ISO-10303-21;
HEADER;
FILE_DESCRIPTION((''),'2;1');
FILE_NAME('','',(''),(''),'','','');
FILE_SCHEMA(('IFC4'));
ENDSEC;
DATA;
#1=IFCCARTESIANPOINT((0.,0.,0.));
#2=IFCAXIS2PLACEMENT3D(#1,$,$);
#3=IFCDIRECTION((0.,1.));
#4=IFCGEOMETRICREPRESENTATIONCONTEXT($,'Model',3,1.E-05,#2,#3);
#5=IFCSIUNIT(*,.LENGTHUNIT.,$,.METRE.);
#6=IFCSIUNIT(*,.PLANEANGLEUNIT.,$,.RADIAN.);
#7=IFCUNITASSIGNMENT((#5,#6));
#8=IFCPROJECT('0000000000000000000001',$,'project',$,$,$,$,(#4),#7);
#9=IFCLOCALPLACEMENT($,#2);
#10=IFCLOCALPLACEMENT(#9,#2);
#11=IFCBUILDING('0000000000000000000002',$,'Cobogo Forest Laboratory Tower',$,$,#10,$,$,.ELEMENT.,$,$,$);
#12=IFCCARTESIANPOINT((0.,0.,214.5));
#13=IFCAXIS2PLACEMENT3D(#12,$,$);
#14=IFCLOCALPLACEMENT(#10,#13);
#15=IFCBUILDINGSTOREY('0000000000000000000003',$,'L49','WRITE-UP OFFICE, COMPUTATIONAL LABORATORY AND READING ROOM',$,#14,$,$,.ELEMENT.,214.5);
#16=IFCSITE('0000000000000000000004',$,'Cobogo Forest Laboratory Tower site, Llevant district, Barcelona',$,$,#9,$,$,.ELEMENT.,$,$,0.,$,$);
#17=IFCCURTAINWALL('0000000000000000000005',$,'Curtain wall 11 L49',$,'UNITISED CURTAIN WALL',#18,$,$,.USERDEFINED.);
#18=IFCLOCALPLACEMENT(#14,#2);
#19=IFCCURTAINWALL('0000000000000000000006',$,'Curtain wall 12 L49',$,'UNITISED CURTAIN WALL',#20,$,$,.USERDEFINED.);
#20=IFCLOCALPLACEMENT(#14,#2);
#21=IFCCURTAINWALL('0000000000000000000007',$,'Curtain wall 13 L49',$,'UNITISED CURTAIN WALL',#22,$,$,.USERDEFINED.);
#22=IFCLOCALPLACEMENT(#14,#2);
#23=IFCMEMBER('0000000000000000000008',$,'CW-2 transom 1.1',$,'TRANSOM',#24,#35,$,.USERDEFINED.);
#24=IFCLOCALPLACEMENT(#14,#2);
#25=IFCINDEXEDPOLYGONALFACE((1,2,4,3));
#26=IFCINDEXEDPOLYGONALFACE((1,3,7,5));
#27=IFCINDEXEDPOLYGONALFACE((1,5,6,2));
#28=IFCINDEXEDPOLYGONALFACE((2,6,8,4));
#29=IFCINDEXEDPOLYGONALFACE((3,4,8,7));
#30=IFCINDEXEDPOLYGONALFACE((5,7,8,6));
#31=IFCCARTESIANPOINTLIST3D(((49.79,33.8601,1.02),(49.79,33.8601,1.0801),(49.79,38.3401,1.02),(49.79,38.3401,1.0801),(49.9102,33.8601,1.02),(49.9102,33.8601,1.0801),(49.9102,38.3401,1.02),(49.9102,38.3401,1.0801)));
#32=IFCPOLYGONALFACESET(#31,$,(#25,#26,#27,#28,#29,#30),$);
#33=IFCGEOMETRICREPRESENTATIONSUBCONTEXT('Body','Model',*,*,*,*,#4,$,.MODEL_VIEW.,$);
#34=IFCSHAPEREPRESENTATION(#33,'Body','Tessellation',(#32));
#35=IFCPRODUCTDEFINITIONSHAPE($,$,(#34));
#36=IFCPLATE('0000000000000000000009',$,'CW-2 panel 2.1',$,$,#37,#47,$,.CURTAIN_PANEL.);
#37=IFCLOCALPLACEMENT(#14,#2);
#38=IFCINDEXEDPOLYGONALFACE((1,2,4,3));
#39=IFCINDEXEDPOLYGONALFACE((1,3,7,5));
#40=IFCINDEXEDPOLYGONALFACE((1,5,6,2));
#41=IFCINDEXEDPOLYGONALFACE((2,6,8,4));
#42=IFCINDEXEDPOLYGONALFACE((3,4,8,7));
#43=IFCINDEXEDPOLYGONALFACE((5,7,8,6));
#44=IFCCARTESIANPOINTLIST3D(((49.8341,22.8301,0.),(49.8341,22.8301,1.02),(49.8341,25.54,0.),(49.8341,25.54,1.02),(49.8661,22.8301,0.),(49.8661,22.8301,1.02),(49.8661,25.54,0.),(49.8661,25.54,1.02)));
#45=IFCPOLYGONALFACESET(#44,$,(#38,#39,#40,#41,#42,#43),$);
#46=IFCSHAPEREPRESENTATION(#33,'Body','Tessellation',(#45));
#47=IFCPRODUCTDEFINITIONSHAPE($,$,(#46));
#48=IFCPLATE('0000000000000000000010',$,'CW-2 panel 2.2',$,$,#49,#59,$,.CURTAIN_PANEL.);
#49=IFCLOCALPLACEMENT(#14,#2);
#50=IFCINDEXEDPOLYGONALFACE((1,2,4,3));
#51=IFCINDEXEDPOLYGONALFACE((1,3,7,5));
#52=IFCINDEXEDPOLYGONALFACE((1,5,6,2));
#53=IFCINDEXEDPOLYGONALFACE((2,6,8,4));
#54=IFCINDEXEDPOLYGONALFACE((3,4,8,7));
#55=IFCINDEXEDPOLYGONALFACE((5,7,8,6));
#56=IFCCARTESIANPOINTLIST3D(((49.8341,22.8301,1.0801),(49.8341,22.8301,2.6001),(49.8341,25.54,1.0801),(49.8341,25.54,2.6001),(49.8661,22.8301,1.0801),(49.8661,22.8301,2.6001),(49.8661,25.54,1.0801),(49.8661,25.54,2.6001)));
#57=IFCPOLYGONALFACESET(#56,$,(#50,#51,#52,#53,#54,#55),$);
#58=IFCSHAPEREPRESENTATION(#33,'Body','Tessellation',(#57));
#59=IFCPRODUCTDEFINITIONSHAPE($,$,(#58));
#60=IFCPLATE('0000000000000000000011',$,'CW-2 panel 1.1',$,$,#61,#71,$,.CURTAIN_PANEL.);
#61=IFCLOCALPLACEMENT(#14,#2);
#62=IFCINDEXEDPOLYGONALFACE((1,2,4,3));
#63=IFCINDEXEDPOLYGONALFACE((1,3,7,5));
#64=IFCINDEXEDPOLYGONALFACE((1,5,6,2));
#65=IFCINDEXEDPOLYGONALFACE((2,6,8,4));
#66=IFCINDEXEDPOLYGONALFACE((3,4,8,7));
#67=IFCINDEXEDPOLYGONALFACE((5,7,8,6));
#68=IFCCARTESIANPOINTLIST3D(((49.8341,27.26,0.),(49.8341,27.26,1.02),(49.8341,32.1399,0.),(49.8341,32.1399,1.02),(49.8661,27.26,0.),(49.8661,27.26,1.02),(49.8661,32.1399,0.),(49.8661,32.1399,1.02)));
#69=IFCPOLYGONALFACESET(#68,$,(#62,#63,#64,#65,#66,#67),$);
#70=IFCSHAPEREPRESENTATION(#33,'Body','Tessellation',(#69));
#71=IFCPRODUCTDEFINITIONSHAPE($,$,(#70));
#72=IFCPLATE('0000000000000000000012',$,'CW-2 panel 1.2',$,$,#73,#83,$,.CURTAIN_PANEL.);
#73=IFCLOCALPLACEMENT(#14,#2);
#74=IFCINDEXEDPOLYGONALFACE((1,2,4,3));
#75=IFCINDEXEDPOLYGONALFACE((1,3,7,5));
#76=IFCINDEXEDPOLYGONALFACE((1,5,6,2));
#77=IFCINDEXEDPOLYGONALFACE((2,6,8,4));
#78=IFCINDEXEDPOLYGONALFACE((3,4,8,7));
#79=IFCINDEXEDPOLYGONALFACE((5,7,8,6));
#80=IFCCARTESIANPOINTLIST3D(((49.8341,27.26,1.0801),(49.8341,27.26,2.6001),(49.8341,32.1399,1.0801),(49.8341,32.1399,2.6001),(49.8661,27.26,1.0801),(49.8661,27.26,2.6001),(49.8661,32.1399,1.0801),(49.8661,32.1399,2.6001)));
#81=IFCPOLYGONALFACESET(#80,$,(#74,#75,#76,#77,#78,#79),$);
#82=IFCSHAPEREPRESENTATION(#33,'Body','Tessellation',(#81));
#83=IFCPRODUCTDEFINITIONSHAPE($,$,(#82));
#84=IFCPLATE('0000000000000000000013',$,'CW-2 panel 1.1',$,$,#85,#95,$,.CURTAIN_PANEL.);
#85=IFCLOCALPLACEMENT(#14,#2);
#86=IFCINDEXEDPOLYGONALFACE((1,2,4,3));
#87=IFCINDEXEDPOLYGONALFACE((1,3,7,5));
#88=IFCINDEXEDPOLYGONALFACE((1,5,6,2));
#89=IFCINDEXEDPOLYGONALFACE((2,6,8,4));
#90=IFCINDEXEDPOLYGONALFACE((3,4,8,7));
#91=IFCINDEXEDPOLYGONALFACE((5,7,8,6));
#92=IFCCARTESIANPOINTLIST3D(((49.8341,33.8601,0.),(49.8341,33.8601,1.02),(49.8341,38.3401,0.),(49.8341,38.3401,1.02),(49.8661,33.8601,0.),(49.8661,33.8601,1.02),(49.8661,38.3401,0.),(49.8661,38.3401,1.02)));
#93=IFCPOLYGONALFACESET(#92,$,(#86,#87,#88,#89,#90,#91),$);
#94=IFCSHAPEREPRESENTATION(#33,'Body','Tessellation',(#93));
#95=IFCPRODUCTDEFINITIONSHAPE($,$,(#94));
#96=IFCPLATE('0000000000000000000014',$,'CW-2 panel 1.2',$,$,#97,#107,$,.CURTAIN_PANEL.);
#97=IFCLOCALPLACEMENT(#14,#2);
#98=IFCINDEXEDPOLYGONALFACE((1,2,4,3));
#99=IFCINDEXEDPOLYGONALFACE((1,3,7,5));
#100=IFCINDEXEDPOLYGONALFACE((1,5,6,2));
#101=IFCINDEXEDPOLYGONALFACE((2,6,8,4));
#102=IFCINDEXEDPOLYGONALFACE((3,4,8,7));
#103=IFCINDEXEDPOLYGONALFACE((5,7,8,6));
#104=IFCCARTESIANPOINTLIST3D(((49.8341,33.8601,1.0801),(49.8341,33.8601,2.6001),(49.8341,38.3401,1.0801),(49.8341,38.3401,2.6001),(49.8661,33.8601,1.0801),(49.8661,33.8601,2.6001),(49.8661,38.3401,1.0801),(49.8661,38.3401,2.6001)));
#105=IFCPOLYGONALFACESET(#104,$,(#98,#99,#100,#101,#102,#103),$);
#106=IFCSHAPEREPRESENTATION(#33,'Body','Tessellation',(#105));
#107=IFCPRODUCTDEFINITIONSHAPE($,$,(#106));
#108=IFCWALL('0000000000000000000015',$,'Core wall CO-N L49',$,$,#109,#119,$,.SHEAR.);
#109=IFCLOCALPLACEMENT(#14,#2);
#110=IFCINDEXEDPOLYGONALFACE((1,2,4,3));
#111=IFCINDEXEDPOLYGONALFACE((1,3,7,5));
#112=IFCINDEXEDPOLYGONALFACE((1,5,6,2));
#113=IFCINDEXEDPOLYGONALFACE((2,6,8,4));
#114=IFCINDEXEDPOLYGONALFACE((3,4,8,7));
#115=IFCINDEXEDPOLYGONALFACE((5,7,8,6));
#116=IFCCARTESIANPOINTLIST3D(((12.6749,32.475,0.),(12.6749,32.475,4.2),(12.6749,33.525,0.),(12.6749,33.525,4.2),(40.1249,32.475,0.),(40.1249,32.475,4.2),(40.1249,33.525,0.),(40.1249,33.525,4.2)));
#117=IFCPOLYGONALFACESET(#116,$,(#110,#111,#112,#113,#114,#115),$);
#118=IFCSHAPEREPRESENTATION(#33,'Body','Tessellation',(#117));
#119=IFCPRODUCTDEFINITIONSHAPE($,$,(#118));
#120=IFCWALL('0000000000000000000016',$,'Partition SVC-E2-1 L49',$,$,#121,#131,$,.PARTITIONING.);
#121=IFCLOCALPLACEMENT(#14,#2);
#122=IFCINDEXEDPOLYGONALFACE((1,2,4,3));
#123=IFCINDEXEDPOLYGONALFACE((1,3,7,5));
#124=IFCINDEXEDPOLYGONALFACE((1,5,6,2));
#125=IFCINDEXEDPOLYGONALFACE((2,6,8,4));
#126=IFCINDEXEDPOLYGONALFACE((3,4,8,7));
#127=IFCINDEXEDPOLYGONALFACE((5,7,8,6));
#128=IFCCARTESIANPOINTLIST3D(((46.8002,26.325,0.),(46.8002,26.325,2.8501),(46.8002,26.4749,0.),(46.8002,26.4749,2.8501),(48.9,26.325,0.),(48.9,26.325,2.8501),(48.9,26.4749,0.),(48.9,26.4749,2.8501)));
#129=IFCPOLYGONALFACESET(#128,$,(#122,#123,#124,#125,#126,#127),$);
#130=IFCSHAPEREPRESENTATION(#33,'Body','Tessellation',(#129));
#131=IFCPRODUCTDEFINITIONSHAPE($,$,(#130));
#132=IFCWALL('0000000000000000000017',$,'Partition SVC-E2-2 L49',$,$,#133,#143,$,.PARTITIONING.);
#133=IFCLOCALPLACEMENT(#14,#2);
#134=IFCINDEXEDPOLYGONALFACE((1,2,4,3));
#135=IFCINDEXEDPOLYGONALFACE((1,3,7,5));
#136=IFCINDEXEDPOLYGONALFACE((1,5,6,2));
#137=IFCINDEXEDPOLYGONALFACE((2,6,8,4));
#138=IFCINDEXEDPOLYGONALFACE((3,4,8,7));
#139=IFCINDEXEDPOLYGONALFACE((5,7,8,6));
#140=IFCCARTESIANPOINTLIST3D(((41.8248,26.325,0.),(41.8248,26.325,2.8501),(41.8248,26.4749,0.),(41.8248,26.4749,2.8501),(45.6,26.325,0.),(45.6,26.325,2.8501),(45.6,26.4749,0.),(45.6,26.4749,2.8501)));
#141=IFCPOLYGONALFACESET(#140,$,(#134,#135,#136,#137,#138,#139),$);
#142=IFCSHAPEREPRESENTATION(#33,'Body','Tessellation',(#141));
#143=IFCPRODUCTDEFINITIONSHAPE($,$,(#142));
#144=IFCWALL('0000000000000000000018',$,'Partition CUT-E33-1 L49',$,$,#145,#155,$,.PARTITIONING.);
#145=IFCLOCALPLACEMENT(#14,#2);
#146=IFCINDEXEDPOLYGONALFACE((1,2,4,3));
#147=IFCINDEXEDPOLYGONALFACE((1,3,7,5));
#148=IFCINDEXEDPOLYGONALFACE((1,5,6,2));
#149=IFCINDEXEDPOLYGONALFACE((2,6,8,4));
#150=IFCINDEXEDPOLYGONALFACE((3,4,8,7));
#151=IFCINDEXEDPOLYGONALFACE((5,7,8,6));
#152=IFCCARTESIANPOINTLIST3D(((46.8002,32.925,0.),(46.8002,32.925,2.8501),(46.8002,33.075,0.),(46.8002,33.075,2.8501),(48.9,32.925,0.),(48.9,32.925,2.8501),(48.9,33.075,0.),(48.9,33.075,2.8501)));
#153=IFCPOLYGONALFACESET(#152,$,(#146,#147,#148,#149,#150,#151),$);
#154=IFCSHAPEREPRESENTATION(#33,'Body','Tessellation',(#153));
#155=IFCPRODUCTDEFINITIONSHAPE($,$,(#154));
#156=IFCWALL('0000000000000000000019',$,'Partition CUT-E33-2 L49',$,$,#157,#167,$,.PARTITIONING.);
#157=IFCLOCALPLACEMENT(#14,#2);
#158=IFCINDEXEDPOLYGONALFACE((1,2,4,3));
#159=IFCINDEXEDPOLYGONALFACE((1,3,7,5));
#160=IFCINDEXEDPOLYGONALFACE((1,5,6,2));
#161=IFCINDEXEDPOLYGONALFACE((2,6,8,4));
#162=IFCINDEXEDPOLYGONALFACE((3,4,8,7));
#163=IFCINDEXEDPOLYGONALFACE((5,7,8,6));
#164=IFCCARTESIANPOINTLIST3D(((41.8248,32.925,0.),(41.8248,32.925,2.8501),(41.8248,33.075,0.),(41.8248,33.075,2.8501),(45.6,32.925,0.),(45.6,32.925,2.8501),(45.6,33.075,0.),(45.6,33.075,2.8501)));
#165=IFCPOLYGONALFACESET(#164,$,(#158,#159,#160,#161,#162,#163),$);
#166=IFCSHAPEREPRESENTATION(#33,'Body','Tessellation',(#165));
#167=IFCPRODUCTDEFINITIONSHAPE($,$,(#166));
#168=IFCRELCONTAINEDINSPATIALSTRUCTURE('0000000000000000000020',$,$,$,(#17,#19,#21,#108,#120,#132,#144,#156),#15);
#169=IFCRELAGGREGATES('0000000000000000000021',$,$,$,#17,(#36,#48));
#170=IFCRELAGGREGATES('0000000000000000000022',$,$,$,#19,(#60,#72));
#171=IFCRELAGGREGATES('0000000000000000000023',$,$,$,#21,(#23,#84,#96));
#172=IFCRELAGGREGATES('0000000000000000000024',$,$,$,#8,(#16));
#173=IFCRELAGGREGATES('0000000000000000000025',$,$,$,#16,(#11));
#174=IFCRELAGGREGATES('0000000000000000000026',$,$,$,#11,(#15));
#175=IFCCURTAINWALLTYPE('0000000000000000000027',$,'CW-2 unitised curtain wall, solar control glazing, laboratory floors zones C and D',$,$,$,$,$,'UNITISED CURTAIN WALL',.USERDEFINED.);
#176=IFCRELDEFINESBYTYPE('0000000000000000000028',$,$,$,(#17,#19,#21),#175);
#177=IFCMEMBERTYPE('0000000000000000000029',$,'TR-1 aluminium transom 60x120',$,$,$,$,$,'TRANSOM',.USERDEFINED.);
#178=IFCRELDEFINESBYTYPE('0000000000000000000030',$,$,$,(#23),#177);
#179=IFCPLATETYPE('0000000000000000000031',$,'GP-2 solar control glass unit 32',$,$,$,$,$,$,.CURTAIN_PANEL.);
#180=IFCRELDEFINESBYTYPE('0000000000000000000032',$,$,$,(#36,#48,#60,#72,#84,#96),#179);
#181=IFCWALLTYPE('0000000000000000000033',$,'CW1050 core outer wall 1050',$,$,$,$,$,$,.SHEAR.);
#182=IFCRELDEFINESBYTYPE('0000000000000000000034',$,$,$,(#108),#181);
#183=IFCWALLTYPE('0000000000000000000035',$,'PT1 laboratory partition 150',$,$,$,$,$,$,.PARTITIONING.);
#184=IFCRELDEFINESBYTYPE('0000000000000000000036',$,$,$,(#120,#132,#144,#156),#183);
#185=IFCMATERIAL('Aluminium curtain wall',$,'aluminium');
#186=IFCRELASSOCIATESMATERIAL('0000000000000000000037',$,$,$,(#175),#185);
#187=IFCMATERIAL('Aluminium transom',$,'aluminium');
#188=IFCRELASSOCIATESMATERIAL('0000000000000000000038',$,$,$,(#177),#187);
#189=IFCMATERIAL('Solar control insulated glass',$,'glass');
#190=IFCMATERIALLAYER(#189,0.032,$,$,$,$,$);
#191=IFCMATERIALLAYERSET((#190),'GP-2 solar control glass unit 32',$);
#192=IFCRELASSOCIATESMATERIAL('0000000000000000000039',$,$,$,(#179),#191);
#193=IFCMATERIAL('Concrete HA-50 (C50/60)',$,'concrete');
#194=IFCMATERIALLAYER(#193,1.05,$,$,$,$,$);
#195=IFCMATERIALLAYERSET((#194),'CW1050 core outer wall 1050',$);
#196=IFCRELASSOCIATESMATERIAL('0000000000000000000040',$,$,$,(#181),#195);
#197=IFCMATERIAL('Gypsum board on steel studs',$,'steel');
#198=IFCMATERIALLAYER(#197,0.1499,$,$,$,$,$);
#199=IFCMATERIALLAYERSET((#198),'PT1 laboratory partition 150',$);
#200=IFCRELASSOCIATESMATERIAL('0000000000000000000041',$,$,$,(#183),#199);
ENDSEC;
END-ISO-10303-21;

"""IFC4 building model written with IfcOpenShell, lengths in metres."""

from ifc_helpers import new_model, si_unit, direction, frame, frame_2d, origin, origin_2d, place, context, subcontext, project, spatial, rectangle, extrude, material, layer, layer_set, material_profile, profile_set, type_object, element, aggregate, save


model = new_model("IFC4")

# Units and contexts
model_context = context("Model", 3, precision=1e-05, world=origin(), true_north=direction((0.0, 1.0)))
body_context = subcontext(model_context, "Body", "Model", "MODEL_VIEW")
ifc_project = project(units=[si_unit("LENGTHUNIT", "METRE"), si_unit("PLANEANGLEUNIT", "RADIAN")], contexts=[model_context])

# Site, building, storey
site_placement = place(None, origin())
site = spatial("IfcSite", under=ifc_project, at=site_placement, Name="Cobogo Forest Laboratory Tower site, Llevant district, Barcelona", CompositionType="ELEMENT", RefElevation=0.0)
building_placement = place(site_placement, origin())
building = spatial("IfcBuilding", under=site, at=building_placement, Name="Cobogo Forest Laboratory Tower", CompositionType="ELEMENT")
storey_placement = place(building_placement, frame((0.0, 0.0, 214.5)))
storey = spatial("IfcBuildingStorey", under=building, at=storey_placement, Name="L49", Description="WRITE-UP OFFICE, COMPUTATIONAL LABORATORY AND READING ROOM", CompositionType="ELEMENT", Elevation=214.5)

# Shared definitions
ifc_material_1 = material(Name="Concrete HA-50 (C50/60)", Category="concrete")

# Curtain wall
ifc_material_2 = material(Name="Aluminium curtain wall", Category="aluminium")
curtain_wall_type = type_object("IfcCurtainWallType", Name="CW-2 unitised curtain wall, solar control glazing, laboratory floors zones C and D", ElementType="UNITISED CURTAIN WALL", PredefinedType="USERDEFINED", material=ifc_material_2)
curtain_wall_1_placement = place(storey_placement, origin())
curtain_wall_1 = element("IfcCurtainWall", 1, at=curtain_wall_1_placement, inside=storey, type_object=curtain_wall_type, Name="Curtain wall 11 L49", ObjectType="UNITISED CURTAIN WALL", PredefinedType="USERDEFINED")

# Curtain walls
curtain_wall_2_placement = place(storey_placement, origin())
curtain_wall_2 = element("IfcCurtainWall", 2, at=curtain_wall_2_placement, inside=storey, type_object=curtain_wall_type, Name="Curtain wall 12 L49", ObjectType="UNITISED CURTAIN WALL", PredefinedType="USERDEFINED")
curtain_wall_3_placement = place(storey_placement, origin())
curtain_wall_3 = element("IfcCurtainWall", 3, at=curtain_wall_3_placement, inside=storey, type_object=curtain_wall_type, Name="Curtain wall 13 L49", ObjectType="UNITISED CURTAIN WALL", PredefinedType="USERDEFINED")

# Member
ifc_material_3 = material(Name="Aluminium transom", Category="aluminium")
ifc_material_profile_1 = material_profile(ifc_material_3, rectangle(XDim=0.1201, YDim=0.0601, at=origin_2d()), Name="AL 60x120")
ifc_profile_set_1 = profile_set([ifc_material_profile_1], Name="Aluminium transom")
member_type_1 = type_object("IfcMemberType", Name="TR-1 aluminium transom 60x120", ElementType="TRANSOM", PredefinedType="USERDEFINED", material=ifc_profile_set_1)
member_1_placement = place(storey_placement, frame((49.8501, 33.8601, 1.05), z_axis=(0.0, 1.0, 0.0), x_axis=(-1.0, 0.0, 0.0)))
member_1 = element("IfcMember", 4, at=member_1_placement, type_object=member_type_1, Name="CW-2 transom 1.1", ObjectType="TRANSOM", PredefinedType="USERDEFINED", context=body_context, shape_type="SweptSolid", body=[
    extrude(rectangle(XDim=0.1201, YDim=0.0601, at=origin_2d()), origin(), (0.0, 0.0, 1.0), 4.48),
])

# Plates
ifc_material_4 = material(Name="Solar control insulated glass", Category="glass")
ifc_layer_1 = layer(ifc_material_4, 0.032)
ifc_layer_set_1 = layer_set([ifc_layer_1], Name="GP-2 solar control glass unit 32")
plate_type_1 = type_object("IfcPlateType", Name="GP-2 solar control glass unit 32", PredefinedType="CURTAIN_PANEL", material=ifc_layer_set_1)
plate_1_placement = place(storey_placement, frame((49.8501, 24.1851, 0.0), z_axis=(0.0, 0.0, 1.0), x_axis=(0.0, 1.0, 0.0)))
plate_1 = element("IfcPlate", 5, at=plate_1_placement, type_object=plate_type_1, Name="CW-2 panel 2.1", PredefinedType="CURTAIN_PANEL", context=body_context, shape_type="SweptSolid", body=[
    extrude(rectangle(XDim=2.71, YDim=0.032, at=origin_2d()), origin(), (0.0, 0.0, 1.0), 1.02),
])
plate_2_placement = place(storey_placement, frame((49.8501, 24.1851, 1.0801), z_axis=(0.0, 0.0, 1.0), x_axis=(0.0, 1.0, 0.0)))
plate_2 = element("IfcPlate", 6, at=plate_2_placement, type_object=plate_type_1, Name="CW-2 panel 2.2", PredefinedType="CURTAIN_PANEL", context=body_context, shape_type="SweptSolid", body=[
    extrude(rectangle(XDim=2.71, YDim=0.032, at=origin_2d()), origin(), (0.0, 0.0, 1.0), 1.52),
])
aggregate(curtain_wall_1, [plate_1, plate_2])
plate_3_placement = place(storey_placement, frame((49.8501, 29.7, 0.0), z_axis=(0.0, 0.0, 1.0), x_axis=(0.0, 1.0, 0.0)))
plate_3 = element("IfcPlate", 7, at=plate_3_placement, type_object=plate_type_1, Name="CW-2 panel 1.1", PredefinedType="CURTAIN_PANEL", context=body_context, shape_type="SweptSolid", body=[
    extrude(rectangle(XDim=4.8799, YDim=0.032, at=origin_2d()), origin(), (0.0, 0.0, 1.0), 1.02),
])
plate_4_placement = place(storey_placement, frame((49.8501, 29.7, 1.0801), z_axis=(0.0, 0.0, 1.0), x_axis=(0.0, 1.0, 0.0)))
plate_4 = element("IfcPlate", 8, at=plate_4_placement, type_object=plate_type_1, Name="CW-2 panel 1.2", PredefinedType="CURTAIN_PANEL", context=body_context, shape_type="SweptSolid", body=[
    extrude(rectangle(XDim=4.8799, YDim=0.032, at=origin_2d()), origin(), (0.0, 0.0, 1.0), 1.52),
])
aggregate(curtain_wall_2, [plate_3, plate_4])
plate_5_placement = place(storey_placement, frame((49.8501, 36.1001, 0.0), z_axis=(0.0, 0.0, 1.0), x_axis=(0.0, 1.0, 0.0)))
plate_5 = element("IfcPlate", 9, at=plate_5_placement, type_object=plate_type_1, Name="CW-2 panel 1.1", PredefinedType="CURTAIN_PANEL", context=body_context, shape_type="SweptSolid", body=[
    extrude(rectangle(XDim=4.48, YDim=0.032, at=origin_2d()), origin(), (0.0, 0.0, 1.0), 1.02),
])
plate_6_placement = place(storey_placement, frame((49.8501, 36.1001, 1.0801), z_axis=(0.0, 0.0, 1.0), x_axis=(0.0, 1.0, 0.0)))
plate_6 = element("IfcPlate", 10, at=plate_6_placement, type_object=plate_type_1, Name="CW-2 panel 1.2", PredefinedType="CURTAIN_PANEL", context=body_context, shape_type="SweptSolid", body=[
    extrude(rectangle(XDim=4.48, YDim=0.032, at=origin_2d()), origin(), (0.0, 0.0, 1.0), 1.52),
])
aggregate(curtain_wall_3, [member_1, plate_5, plate_6])

# Walls
ifc_layer_2 = layer(ifc_material_1, 1.05)
ifc_layer_set_2 = layer_set([ifc_layer_2], Name="CW1050 core outer wall 1050")
wall_type_1 = type_object("IfcWallType", Name="CW1050 core outer wall 1050", PredefinedType="SHEAR", material=ifc_layer_set_2)
wall_1_placement = place(storey_placement, frame((40.125, 33.0, 0.0), z_axis=(0.0, 0.0, 1.0), x_axis=(-1.0, 0.0, 0.0)))
element("IfcWall", 11, at=wall_1_placement, inside=storey, type_object=wall_type_1, Name="Core wall CO-N L49", PredefinedType="SHEAR", context=body_context, shape_type="SweptSolid", body=[
    extrude(rectangle(XDim=27.45, YDim=1.05, at=frame_2d((13.7251, 0.0))), origin(), (0.0, 0.0, 1.0), 4.2),
])
ifc_material_5 = material(Name="Gypsum board on steel studs", Category="steel")
ifc_layer_3 = layer(ifc_material_5, 0.1499)
ifc_layer_set_3 = layer_set([ifc_layer_3], Name="PT1 laboratory partition 150")
wall_type_2 = type_object("IfcWallType", Name="PT1 laboratory partition 150", PredefinedType="PARTITIONING", material=ifc_layer_set_3)
wall_2_placement = place(storey_placement, frame((48.8999, 26.3999, 0.0), z_axis=(0.0, 0.0, 1.0), x_axis=(-1.0, 0.0, 0.0)))
element("IfcWall", 12, at=wall_2_placement, inside=storey, type_object=wall_type_2, Name="Partition SVC-E2-1 L49", PredefinedType="PARTITIONING", context=body_context, shape_type="SweptSolid", body=[
    extrude(rectangle(XDim=2.0999, YDim=0.1499, at=frame_2d((1.0498, 0.0))), origin(), (0.0, 0.0, 1.0), 2.8501),
])
wall_3_placement = place(storey_placement, frame((45.6001, 26.3999, 0.0), z_axis=(0.0, 0.0, 1.0), x_axis=(-1.0, 0.0, 0.0)))
element("IfcWall", 13, at=wall_3_placement, inside=storey, type_object=wall_type_2, Name="Partition SVC-E2-2 L49", PredefinedType="PARTITIONING", context=body_context, shape_type="SweptSolid", body=[
    extrude(rectangle(XDim=3.7751, YDim=0.1499, at=frame_2d((1.8877, 0.0))), origin(), (0.0, 0.0, 1.0), 2.8501),
])
wall_4_placement = place(storey_placement, frame((48.8999, 33.0, 0.0), z_axis=(0.0, 0.0, 1.0), x_axis=(-1.0, 0.0, 0.0)))
element("IfcWall", 14, at=wall_4_placement, inside=storey, type_object=wall_type_2, Name="Partition CUT-E33-1 L49", PredefinedType="PARTITIONING", context=body_context, shape_type="SweptSolid", body=[
    extrude(rectangle(XDim=2.0999, YDim=0.1499, at=frame_2d((1.0498, 0.0))), origin(), (0.0, 0.0, 1.0), 2.8501),
])
wall_5_placement = place(storey_placement, frame((45.6001, 33.0, 0.0), z_axis=(0.0, 0.0, 1.0), x_axis=(-1.0, 0.0, 0.0)))
element("IfcWall", 15, at=wall_5_placement, inside=storey, type_object=wall_type_2, Name="Partition CUT-E33-2 L49", PredefinedType="PARTITIONING", context=body_context, shape_type="SweptSolid", body=[
    extrude(rectangle(XDim=3.7751, YDim=0.1499, at=frame_2d((1.8877, 0.0))), origin(), (0.0, 0.0, 1.0), 2.8501),
])

save(model, "model.ifc")
